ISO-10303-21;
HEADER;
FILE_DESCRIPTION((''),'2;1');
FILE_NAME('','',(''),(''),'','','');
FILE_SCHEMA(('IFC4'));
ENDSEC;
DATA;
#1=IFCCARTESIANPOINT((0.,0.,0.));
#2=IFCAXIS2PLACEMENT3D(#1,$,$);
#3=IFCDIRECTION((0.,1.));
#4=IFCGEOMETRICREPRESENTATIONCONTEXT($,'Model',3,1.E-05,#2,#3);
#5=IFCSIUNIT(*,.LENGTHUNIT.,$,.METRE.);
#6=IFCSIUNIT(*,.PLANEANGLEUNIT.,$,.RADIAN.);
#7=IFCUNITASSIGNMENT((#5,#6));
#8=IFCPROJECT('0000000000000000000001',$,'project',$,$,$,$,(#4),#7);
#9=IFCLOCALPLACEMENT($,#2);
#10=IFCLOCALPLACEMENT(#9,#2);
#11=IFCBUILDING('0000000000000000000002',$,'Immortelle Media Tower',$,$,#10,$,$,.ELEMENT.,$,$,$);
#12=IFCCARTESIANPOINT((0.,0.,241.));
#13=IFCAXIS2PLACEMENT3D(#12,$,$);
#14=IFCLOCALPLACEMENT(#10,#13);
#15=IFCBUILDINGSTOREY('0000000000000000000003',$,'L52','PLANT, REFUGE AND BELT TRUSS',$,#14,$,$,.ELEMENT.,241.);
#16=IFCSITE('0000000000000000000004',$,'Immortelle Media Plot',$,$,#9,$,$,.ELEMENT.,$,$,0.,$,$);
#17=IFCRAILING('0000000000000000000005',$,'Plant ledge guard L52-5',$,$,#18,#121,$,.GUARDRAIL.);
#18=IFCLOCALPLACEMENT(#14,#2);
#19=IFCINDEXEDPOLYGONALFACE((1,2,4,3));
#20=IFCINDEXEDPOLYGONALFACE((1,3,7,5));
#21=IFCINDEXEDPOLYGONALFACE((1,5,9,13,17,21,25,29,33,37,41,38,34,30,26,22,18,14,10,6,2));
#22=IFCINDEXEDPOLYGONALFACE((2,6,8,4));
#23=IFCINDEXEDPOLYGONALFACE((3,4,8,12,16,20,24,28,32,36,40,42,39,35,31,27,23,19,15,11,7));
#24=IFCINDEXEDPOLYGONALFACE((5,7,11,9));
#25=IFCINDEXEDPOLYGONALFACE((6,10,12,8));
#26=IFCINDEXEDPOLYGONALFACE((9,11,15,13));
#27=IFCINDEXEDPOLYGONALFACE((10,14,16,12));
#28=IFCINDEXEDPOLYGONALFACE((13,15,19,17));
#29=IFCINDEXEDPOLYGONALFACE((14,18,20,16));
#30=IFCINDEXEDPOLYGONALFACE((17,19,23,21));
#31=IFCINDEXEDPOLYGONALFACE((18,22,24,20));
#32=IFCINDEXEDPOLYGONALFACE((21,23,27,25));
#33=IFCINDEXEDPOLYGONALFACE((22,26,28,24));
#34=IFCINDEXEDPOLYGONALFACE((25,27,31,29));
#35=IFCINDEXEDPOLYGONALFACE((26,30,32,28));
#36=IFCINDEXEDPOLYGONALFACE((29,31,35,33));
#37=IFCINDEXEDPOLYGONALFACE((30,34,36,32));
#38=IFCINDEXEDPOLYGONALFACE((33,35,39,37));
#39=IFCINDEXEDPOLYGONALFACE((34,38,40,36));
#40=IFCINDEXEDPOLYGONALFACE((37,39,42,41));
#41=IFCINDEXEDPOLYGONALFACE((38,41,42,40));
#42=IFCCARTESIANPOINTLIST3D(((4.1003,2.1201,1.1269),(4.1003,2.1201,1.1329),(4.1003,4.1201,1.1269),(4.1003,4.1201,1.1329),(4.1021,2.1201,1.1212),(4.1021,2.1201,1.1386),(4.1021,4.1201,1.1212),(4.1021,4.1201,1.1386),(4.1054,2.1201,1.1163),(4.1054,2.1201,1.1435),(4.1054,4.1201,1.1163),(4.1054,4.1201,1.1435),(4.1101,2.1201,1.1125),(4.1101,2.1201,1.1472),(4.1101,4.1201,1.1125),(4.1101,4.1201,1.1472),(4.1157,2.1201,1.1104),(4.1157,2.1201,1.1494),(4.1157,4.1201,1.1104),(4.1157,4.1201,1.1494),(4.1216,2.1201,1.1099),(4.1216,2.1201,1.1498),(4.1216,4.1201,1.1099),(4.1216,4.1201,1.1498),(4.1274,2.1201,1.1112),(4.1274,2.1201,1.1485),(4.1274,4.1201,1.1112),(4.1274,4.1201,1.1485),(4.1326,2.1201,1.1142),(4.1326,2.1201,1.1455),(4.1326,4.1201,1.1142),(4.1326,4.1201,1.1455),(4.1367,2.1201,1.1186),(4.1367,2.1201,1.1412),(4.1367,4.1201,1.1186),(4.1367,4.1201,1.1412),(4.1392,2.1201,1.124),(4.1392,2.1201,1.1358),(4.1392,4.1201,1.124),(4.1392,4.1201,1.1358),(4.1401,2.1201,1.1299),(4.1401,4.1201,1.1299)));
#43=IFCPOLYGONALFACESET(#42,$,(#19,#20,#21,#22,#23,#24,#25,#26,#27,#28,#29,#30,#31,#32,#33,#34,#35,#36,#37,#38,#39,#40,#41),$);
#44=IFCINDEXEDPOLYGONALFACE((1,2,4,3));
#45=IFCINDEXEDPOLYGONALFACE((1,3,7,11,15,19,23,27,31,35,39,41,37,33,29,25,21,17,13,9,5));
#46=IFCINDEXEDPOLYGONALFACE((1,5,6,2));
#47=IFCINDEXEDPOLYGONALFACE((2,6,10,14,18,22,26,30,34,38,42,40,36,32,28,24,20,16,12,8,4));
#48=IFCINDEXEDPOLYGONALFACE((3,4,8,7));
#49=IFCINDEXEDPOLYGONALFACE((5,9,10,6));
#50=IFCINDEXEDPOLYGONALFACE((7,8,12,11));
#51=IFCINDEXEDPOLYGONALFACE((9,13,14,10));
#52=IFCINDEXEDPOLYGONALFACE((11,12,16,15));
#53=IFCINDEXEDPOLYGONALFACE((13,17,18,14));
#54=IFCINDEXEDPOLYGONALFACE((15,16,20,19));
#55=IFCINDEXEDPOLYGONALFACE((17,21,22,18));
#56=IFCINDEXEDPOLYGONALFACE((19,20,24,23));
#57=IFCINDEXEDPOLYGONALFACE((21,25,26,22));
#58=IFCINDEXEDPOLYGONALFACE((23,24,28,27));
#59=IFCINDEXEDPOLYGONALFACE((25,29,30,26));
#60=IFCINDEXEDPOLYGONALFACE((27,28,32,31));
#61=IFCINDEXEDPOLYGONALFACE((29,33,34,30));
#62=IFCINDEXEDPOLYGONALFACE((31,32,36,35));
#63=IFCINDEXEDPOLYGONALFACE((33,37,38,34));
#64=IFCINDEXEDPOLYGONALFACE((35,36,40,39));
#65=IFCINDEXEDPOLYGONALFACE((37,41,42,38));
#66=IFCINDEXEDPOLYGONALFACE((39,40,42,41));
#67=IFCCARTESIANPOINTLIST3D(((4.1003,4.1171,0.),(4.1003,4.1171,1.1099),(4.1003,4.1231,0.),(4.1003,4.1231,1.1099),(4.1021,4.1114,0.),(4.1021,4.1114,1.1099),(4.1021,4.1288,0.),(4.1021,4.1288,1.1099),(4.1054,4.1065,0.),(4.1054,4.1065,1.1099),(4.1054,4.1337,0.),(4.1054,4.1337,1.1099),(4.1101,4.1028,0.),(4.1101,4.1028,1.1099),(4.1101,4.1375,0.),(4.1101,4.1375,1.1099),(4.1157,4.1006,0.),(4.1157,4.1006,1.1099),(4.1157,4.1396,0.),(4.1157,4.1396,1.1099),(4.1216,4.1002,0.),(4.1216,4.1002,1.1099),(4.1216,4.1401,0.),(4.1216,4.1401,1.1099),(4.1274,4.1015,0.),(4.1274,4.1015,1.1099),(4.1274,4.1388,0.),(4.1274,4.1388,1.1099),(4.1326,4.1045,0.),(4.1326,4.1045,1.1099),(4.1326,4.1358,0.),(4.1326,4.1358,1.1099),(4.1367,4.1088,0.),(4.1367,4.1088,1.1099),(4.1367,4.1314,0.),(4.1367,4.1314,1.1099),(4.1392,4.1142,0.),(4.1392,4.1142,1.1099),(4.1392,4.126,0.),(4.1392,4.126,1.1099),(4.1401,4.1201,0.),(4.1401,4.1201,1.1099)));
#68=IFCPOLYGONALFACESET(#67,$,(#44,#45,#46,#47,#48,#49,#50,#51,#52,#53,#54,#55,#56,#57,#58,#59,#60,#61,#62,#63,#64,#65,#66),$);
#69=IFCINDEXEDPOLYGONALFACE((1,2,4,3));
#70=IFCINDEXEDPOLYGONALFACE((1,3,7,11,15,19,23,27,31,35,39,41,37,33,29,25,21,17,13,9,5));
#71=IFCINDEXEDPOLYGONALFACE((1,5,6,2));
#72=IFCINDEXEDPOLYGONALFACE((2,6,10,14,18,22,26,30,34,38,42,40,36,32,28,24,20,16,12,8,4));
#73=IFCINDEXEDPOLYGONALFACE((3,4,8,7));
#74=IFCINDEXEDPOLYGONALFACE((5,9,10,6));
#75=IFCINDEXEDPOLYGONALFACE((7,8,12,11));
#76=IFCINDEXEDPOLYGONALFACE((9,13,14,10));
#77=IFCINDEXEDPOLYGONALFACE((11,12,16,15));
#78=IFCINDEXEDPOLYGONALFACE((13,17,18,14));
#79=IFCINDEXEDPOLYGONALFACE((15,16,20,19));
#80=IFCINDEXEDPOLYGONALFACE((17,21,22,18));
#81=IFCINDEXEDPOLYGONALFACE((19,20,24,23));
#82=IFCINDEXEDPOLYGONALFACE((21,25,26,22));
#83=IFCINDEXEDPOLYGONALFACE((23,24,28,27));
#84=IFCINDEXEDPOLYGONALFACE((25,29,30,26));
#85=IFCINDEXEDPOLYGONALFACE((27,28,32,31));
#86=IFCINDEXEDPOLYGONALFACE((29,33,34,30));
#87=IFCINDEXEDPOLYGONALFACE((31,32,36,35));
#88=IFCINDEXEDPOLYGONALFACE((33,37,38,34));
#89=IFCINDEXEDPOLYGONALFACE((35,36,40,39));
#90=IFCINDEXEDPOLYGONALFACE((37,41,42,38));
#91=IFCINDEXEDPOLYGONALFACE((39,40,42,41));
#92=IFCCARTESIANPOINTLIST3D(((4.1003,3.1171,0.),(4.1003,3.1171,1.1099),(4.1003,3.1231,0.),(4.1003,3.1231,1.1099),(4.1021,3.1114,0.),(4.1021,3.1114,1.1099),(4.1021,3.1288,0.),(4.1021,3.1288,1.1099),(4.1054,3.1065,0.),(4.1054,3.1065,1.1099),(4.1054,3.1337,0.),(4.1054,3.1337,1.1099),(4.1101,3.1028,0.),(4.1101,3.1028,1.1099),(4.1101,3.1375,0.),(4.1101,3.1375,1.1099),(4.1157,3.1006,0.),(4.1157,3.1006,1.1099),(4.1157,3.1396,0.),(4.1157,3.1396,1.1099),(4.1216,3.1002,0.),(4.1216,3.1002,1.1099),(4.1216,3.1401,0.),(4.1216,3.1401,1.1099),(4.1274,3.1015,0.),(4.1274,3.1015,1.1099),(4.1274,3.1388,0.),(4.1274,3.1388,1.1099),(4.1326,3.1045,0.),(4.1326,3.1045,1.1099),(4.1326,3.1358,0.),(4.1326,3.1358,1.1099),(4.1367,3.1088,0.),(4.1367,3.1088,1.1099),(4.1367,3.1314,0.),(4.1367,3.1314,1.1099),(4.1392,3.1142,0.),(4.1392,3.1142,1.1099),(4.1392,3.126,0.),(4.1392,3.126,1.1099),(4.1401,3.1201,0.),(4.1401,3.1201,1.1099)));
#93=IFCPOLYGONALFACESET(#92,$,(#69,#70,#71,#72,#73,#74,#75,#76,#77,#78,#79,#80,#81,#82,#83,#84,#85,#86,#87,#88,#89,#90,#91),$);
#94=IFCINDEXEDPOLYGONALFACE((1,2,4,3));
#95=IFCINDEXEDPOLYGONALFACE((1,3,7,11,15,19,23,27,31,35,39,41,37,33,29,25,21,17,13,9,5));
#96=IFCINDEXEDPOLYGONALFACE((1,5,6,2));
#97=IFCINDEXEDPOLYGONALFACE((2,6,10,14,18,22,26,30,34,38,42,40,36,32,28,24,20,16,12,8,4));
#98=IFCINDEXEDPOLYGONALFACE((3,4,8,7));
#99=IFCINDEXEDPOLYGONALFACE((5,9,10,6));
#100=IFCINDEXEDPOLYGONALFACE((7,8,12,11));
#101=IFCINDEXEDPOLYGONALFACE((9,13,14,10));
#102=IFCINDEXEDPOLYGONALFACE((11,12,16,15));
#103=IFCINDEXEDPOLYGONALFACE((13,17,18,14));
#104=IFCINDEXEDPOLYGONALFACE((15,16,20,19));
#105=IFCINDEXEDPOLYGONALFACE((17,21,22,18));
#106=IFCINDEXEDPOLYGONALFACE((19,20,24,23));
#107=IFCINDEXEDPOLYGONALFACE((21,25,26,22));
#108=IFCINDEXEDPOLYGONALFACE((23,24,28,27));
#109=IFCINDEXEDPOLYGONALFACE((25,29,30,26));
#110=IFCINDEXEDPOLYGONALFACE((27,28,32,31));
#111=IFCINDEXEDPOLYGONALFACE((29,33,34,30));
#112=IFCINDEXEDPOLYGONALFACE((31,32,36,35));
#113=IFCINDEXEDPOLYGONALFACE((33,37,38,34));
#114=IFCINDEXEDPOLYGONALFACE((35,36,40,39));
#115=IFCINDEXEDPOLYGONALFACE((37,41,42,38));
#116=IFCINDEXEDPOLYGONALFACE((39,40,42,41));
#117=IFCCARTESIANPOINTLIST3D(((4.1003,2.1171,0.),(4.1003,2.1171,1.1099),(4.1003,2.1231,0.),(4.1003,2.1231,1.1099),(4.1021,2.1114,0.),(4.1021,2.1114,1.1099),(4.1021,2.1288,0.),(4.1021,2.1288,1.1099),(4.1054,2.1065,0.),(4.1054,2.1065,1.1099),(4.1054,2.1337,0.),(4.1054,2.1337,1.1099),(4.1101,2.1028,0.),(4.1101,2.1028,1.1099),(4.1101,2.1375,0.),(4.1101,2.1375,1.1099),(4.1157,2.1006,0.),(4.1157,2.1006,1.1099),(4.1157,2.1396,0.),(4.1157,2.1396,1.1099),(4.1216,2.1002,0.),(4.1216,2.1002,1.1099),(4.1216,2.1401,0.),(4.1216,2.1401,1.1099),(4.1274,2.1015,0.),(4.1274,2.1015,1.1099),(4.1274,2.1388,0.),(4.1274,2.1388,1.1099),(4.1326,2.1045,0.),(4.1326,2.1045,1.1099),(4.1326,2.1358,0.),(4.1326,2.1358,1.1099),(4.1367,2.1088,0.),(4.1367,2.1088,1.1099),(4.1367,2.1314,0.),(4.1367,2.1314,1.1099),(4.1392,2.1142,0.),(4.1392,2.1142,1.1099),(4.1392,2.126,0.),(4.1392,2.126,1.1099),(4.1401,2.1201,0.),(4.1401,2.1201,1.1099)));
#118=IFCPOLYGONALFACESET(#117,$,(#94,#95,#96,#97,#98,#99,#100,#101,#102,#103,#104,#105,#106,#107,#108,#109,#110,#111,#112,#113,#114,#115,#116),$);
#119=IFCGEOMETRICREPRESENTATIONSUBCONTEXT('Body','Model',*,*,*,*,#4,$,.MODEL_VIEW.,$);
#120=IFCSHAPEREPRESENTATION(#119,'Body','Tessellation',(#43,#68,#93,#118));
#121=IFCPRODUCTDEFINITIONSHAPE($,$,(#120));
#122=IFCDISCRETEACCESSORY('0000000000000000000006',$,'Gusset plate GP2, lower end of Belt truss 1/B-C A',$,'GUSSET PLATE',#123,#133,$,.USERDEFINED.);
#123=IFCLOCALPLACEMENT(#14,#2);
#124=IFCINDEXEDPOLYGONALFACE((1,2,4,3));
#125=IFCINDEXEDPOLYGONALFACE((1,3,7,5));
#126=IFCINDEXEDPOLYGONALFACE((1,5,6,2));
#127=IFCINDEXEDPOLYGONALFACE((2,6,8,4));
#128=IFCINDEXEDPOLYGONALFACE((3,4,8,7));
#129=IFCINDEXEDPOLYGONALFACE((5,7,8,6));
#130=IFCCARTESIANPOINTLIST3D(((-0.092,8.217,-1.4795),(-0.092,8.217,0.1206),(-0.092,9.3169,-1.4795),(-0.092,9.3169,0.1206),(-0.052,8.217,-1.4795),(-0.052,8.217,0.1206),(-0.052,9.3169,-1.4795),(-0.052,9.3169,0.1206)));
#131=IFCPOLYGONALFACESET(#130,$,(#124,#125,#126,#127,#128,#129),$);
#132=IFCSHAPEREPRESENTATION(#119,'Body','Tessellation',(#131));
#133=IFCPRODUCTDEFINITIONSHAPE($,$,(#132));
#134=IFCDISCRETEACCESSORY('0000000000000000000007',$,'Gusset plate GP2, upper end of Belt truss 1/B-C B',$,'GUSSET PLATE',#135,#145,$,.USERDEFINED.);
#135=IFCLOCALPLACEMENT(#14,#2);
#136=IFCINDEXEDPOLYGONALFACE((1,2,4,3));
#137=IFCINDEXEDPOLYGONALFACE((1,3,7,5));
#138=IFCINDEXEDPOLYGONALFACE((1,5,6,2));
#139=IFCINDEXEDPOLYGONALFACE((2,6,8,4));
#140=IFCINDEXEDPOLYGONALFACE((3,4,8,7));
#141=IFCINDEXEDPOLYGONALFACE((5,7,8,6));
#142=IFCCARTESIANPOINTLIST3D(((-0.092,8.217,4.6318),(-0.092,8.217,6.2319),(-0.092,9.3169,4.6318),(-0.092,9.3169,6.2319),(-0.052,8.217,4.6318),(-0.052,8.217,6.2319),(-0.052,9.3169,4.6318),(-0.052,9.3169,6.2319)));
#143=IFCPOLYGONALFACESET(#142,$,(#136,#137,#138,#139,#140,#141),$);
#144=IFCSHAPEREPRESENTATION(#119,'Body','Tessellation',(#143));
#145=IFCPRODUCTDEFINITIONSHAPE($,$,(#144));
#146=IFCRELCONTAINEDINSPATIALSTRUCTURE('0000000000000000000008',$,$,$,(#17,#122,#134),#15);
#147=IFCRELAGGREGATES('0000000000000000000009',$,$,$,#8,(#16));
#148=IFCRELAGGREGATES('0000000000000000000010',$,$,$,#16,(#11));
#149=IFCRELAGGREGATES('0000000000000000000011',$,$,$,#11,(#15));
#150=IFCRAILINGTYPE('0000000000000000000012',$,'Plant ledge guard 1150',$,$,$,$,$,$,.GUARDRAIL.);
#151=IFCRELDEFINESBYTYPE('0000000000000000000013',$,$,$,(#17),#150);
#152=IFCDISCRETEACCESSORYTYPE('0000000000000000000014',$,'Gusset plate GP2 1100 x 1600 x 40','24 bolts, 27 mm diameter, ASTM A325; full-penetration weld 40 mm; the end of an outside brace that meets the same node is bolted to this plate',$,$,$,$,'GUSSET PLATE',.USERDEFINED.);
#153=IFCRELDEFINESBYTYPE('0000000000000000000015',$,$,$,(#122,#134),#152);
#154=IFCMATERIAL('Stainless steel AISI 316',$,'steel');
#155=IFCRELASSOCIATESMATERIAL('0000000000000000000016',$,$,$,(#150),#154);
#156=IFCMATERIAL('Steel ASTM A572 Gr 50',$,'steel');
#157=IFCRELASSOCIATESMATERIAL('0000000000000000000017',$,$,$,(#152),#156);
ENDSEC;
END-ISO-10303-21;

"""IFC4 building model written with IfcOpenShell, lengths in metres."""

from ifc_helpers import new_model, si_unit, direction, frame, origin, origin_2d, place, context, subcontext, project, spatial, rectangle, circle, extrude, material, material_profile, profile_set, type_object, element, save


model = new_model("IFC4")

# Units and contexts
model_context = context("Model", 3, precision=1e-05, world=origin(), true_north=direction((0.0, 1.0)))
body_context = subcontext(model_context, "Body", "Model", "MODEL_VIEW")
ifc_project = project(units=[si_unit("LENGTHUNIT", "METRE"), si_unit("PLANEANGLEUNIT", "RADIAN")], contexts=[model_context])

# Site, building, storey
site_placement = place(None, origin())
site = spatial("IfcSite", under=ifc_project, at=site_placement, Name="Immortelle Media Plot", CompositionType="ELEMENT", RefElevation=0.0)
building_placement = place(site_placement, origin())
building = spatial("IfcBuilding", under=site, at=building_placement, Name="Immortelle Media Tower", CompositionType="ELEMENT")
storey_placement = place(building_placement, frame((0.0, 0.0, 241.0)))
storey = spatial("IfcBuildingStorey", under=building, at=storey_placement, Name="L52", Description="PLANT, REFUGE AND BELT TRUSS", CompositionType="ELEMENT", Elevation=241.0)

# Railing
ifc_material_1 = material(Name="Stainless steel AISI 316", Category="steel")
railing_type = type_object("IfcRailingType", Name="Plant ledge guard 1150", PredefinedType="GUARDRAIL", material=ifc_material_1)
railing_1_placement = place(storey_placement, frame((4.1201, 4.1201, 0.0)))
element("IfcRailing", 1, at=railing_1_placement, inside=storey, type_object=railing_type, Name="Plant ledge guard L52-5", PredefinedType="GUARDRAIL", context=body_context, shape_type="SweptSolid", body=[
    extrude(circle(Radius=0.02, at=origin_2d()), frame((0.0, 0.0, 1.1299), z_axis=(0.0, -1.0, 0.0), x_axis=(1.0, 0.0, 0.0)), (0.0, 0.0, 1.0), 2.0),
    extrude(circle(Radius=0.02, at=origin_2d()), origin(), (0.0, 0.0, 1.0), 1.1099),
    extrude(circle(Radius=0.02, at=origin_2d()), frame((0.0, -1.0, 0.0)), (0.0, 0.0, 1.0), 1.1099),
    extrude(circle(Radius=0.02, at=origin_2d()), frame((0.0, -2.0, 0.0)), (0.0, 0.0, 1.0), 1.1099),
])

# Discrete accessories
ifc_material_2 = material(Name="Steel ASTM A572 Gr 50", Category="steel")
ifc_material_profile_1 = material_profile(ifc_material_2, rectangle(XDim=0.04, YDim=1.6001, at=origin_2d()), Name="PL 40 x 1600")
ifc_profile_set_1 = profile_set([ifc_material_profile_1], Name="Steel ASTM A572 Gr 50")
discrete_accessory_type = type_object("IfcDiscreteAccessoryType", Name="Gusset plate GP2 1100 x 1600 x 40", Description="24 bolts, 27 mm diameter, ASTM A325; full-penetration weld 40 mm; the end of an outside brace that meets the same node is bolted to this plate", ElementType="GUSSET PLATE", PredefinedType="USERDEFINED", material=ifc_profile_set_1)
for number, where, z_axis, x_axis, name in (
    (2, (-0.072, 8.217, -0.6794), (0.0, 1.0, 0.0), (-1.0, 0.0, 0.0), "Gusset plate GP2, lower end of Belt truss 1/B-C A"),
    (3, (-0.072, 8.217, 5.4319), (0.0, 1.0, 0.0), (-1.0, 0.0, 0.0), "Gusset plate GP2, upper end of Belt truss 1/B-C B"),
):
    element("IfcDiscreteAccessory", number, at=place(storey_placement, frame(where, z_axis=z_axis, x_axis=x_axis)), inside=storey, type_object=discrete_accessory_type, Name=name, ObjectType="GUSSET PLATE", PredefinedType="USERDEFINED", context=body_context, shape_type="SweptSolid", body=[
        extrude(rectangle(XDim=0.04, YDim=1.6001, at=origin_2d()), origin(), (0.0, 0.0, 1.0), 1.0999),
    ])

save(model, "model.ifc")
